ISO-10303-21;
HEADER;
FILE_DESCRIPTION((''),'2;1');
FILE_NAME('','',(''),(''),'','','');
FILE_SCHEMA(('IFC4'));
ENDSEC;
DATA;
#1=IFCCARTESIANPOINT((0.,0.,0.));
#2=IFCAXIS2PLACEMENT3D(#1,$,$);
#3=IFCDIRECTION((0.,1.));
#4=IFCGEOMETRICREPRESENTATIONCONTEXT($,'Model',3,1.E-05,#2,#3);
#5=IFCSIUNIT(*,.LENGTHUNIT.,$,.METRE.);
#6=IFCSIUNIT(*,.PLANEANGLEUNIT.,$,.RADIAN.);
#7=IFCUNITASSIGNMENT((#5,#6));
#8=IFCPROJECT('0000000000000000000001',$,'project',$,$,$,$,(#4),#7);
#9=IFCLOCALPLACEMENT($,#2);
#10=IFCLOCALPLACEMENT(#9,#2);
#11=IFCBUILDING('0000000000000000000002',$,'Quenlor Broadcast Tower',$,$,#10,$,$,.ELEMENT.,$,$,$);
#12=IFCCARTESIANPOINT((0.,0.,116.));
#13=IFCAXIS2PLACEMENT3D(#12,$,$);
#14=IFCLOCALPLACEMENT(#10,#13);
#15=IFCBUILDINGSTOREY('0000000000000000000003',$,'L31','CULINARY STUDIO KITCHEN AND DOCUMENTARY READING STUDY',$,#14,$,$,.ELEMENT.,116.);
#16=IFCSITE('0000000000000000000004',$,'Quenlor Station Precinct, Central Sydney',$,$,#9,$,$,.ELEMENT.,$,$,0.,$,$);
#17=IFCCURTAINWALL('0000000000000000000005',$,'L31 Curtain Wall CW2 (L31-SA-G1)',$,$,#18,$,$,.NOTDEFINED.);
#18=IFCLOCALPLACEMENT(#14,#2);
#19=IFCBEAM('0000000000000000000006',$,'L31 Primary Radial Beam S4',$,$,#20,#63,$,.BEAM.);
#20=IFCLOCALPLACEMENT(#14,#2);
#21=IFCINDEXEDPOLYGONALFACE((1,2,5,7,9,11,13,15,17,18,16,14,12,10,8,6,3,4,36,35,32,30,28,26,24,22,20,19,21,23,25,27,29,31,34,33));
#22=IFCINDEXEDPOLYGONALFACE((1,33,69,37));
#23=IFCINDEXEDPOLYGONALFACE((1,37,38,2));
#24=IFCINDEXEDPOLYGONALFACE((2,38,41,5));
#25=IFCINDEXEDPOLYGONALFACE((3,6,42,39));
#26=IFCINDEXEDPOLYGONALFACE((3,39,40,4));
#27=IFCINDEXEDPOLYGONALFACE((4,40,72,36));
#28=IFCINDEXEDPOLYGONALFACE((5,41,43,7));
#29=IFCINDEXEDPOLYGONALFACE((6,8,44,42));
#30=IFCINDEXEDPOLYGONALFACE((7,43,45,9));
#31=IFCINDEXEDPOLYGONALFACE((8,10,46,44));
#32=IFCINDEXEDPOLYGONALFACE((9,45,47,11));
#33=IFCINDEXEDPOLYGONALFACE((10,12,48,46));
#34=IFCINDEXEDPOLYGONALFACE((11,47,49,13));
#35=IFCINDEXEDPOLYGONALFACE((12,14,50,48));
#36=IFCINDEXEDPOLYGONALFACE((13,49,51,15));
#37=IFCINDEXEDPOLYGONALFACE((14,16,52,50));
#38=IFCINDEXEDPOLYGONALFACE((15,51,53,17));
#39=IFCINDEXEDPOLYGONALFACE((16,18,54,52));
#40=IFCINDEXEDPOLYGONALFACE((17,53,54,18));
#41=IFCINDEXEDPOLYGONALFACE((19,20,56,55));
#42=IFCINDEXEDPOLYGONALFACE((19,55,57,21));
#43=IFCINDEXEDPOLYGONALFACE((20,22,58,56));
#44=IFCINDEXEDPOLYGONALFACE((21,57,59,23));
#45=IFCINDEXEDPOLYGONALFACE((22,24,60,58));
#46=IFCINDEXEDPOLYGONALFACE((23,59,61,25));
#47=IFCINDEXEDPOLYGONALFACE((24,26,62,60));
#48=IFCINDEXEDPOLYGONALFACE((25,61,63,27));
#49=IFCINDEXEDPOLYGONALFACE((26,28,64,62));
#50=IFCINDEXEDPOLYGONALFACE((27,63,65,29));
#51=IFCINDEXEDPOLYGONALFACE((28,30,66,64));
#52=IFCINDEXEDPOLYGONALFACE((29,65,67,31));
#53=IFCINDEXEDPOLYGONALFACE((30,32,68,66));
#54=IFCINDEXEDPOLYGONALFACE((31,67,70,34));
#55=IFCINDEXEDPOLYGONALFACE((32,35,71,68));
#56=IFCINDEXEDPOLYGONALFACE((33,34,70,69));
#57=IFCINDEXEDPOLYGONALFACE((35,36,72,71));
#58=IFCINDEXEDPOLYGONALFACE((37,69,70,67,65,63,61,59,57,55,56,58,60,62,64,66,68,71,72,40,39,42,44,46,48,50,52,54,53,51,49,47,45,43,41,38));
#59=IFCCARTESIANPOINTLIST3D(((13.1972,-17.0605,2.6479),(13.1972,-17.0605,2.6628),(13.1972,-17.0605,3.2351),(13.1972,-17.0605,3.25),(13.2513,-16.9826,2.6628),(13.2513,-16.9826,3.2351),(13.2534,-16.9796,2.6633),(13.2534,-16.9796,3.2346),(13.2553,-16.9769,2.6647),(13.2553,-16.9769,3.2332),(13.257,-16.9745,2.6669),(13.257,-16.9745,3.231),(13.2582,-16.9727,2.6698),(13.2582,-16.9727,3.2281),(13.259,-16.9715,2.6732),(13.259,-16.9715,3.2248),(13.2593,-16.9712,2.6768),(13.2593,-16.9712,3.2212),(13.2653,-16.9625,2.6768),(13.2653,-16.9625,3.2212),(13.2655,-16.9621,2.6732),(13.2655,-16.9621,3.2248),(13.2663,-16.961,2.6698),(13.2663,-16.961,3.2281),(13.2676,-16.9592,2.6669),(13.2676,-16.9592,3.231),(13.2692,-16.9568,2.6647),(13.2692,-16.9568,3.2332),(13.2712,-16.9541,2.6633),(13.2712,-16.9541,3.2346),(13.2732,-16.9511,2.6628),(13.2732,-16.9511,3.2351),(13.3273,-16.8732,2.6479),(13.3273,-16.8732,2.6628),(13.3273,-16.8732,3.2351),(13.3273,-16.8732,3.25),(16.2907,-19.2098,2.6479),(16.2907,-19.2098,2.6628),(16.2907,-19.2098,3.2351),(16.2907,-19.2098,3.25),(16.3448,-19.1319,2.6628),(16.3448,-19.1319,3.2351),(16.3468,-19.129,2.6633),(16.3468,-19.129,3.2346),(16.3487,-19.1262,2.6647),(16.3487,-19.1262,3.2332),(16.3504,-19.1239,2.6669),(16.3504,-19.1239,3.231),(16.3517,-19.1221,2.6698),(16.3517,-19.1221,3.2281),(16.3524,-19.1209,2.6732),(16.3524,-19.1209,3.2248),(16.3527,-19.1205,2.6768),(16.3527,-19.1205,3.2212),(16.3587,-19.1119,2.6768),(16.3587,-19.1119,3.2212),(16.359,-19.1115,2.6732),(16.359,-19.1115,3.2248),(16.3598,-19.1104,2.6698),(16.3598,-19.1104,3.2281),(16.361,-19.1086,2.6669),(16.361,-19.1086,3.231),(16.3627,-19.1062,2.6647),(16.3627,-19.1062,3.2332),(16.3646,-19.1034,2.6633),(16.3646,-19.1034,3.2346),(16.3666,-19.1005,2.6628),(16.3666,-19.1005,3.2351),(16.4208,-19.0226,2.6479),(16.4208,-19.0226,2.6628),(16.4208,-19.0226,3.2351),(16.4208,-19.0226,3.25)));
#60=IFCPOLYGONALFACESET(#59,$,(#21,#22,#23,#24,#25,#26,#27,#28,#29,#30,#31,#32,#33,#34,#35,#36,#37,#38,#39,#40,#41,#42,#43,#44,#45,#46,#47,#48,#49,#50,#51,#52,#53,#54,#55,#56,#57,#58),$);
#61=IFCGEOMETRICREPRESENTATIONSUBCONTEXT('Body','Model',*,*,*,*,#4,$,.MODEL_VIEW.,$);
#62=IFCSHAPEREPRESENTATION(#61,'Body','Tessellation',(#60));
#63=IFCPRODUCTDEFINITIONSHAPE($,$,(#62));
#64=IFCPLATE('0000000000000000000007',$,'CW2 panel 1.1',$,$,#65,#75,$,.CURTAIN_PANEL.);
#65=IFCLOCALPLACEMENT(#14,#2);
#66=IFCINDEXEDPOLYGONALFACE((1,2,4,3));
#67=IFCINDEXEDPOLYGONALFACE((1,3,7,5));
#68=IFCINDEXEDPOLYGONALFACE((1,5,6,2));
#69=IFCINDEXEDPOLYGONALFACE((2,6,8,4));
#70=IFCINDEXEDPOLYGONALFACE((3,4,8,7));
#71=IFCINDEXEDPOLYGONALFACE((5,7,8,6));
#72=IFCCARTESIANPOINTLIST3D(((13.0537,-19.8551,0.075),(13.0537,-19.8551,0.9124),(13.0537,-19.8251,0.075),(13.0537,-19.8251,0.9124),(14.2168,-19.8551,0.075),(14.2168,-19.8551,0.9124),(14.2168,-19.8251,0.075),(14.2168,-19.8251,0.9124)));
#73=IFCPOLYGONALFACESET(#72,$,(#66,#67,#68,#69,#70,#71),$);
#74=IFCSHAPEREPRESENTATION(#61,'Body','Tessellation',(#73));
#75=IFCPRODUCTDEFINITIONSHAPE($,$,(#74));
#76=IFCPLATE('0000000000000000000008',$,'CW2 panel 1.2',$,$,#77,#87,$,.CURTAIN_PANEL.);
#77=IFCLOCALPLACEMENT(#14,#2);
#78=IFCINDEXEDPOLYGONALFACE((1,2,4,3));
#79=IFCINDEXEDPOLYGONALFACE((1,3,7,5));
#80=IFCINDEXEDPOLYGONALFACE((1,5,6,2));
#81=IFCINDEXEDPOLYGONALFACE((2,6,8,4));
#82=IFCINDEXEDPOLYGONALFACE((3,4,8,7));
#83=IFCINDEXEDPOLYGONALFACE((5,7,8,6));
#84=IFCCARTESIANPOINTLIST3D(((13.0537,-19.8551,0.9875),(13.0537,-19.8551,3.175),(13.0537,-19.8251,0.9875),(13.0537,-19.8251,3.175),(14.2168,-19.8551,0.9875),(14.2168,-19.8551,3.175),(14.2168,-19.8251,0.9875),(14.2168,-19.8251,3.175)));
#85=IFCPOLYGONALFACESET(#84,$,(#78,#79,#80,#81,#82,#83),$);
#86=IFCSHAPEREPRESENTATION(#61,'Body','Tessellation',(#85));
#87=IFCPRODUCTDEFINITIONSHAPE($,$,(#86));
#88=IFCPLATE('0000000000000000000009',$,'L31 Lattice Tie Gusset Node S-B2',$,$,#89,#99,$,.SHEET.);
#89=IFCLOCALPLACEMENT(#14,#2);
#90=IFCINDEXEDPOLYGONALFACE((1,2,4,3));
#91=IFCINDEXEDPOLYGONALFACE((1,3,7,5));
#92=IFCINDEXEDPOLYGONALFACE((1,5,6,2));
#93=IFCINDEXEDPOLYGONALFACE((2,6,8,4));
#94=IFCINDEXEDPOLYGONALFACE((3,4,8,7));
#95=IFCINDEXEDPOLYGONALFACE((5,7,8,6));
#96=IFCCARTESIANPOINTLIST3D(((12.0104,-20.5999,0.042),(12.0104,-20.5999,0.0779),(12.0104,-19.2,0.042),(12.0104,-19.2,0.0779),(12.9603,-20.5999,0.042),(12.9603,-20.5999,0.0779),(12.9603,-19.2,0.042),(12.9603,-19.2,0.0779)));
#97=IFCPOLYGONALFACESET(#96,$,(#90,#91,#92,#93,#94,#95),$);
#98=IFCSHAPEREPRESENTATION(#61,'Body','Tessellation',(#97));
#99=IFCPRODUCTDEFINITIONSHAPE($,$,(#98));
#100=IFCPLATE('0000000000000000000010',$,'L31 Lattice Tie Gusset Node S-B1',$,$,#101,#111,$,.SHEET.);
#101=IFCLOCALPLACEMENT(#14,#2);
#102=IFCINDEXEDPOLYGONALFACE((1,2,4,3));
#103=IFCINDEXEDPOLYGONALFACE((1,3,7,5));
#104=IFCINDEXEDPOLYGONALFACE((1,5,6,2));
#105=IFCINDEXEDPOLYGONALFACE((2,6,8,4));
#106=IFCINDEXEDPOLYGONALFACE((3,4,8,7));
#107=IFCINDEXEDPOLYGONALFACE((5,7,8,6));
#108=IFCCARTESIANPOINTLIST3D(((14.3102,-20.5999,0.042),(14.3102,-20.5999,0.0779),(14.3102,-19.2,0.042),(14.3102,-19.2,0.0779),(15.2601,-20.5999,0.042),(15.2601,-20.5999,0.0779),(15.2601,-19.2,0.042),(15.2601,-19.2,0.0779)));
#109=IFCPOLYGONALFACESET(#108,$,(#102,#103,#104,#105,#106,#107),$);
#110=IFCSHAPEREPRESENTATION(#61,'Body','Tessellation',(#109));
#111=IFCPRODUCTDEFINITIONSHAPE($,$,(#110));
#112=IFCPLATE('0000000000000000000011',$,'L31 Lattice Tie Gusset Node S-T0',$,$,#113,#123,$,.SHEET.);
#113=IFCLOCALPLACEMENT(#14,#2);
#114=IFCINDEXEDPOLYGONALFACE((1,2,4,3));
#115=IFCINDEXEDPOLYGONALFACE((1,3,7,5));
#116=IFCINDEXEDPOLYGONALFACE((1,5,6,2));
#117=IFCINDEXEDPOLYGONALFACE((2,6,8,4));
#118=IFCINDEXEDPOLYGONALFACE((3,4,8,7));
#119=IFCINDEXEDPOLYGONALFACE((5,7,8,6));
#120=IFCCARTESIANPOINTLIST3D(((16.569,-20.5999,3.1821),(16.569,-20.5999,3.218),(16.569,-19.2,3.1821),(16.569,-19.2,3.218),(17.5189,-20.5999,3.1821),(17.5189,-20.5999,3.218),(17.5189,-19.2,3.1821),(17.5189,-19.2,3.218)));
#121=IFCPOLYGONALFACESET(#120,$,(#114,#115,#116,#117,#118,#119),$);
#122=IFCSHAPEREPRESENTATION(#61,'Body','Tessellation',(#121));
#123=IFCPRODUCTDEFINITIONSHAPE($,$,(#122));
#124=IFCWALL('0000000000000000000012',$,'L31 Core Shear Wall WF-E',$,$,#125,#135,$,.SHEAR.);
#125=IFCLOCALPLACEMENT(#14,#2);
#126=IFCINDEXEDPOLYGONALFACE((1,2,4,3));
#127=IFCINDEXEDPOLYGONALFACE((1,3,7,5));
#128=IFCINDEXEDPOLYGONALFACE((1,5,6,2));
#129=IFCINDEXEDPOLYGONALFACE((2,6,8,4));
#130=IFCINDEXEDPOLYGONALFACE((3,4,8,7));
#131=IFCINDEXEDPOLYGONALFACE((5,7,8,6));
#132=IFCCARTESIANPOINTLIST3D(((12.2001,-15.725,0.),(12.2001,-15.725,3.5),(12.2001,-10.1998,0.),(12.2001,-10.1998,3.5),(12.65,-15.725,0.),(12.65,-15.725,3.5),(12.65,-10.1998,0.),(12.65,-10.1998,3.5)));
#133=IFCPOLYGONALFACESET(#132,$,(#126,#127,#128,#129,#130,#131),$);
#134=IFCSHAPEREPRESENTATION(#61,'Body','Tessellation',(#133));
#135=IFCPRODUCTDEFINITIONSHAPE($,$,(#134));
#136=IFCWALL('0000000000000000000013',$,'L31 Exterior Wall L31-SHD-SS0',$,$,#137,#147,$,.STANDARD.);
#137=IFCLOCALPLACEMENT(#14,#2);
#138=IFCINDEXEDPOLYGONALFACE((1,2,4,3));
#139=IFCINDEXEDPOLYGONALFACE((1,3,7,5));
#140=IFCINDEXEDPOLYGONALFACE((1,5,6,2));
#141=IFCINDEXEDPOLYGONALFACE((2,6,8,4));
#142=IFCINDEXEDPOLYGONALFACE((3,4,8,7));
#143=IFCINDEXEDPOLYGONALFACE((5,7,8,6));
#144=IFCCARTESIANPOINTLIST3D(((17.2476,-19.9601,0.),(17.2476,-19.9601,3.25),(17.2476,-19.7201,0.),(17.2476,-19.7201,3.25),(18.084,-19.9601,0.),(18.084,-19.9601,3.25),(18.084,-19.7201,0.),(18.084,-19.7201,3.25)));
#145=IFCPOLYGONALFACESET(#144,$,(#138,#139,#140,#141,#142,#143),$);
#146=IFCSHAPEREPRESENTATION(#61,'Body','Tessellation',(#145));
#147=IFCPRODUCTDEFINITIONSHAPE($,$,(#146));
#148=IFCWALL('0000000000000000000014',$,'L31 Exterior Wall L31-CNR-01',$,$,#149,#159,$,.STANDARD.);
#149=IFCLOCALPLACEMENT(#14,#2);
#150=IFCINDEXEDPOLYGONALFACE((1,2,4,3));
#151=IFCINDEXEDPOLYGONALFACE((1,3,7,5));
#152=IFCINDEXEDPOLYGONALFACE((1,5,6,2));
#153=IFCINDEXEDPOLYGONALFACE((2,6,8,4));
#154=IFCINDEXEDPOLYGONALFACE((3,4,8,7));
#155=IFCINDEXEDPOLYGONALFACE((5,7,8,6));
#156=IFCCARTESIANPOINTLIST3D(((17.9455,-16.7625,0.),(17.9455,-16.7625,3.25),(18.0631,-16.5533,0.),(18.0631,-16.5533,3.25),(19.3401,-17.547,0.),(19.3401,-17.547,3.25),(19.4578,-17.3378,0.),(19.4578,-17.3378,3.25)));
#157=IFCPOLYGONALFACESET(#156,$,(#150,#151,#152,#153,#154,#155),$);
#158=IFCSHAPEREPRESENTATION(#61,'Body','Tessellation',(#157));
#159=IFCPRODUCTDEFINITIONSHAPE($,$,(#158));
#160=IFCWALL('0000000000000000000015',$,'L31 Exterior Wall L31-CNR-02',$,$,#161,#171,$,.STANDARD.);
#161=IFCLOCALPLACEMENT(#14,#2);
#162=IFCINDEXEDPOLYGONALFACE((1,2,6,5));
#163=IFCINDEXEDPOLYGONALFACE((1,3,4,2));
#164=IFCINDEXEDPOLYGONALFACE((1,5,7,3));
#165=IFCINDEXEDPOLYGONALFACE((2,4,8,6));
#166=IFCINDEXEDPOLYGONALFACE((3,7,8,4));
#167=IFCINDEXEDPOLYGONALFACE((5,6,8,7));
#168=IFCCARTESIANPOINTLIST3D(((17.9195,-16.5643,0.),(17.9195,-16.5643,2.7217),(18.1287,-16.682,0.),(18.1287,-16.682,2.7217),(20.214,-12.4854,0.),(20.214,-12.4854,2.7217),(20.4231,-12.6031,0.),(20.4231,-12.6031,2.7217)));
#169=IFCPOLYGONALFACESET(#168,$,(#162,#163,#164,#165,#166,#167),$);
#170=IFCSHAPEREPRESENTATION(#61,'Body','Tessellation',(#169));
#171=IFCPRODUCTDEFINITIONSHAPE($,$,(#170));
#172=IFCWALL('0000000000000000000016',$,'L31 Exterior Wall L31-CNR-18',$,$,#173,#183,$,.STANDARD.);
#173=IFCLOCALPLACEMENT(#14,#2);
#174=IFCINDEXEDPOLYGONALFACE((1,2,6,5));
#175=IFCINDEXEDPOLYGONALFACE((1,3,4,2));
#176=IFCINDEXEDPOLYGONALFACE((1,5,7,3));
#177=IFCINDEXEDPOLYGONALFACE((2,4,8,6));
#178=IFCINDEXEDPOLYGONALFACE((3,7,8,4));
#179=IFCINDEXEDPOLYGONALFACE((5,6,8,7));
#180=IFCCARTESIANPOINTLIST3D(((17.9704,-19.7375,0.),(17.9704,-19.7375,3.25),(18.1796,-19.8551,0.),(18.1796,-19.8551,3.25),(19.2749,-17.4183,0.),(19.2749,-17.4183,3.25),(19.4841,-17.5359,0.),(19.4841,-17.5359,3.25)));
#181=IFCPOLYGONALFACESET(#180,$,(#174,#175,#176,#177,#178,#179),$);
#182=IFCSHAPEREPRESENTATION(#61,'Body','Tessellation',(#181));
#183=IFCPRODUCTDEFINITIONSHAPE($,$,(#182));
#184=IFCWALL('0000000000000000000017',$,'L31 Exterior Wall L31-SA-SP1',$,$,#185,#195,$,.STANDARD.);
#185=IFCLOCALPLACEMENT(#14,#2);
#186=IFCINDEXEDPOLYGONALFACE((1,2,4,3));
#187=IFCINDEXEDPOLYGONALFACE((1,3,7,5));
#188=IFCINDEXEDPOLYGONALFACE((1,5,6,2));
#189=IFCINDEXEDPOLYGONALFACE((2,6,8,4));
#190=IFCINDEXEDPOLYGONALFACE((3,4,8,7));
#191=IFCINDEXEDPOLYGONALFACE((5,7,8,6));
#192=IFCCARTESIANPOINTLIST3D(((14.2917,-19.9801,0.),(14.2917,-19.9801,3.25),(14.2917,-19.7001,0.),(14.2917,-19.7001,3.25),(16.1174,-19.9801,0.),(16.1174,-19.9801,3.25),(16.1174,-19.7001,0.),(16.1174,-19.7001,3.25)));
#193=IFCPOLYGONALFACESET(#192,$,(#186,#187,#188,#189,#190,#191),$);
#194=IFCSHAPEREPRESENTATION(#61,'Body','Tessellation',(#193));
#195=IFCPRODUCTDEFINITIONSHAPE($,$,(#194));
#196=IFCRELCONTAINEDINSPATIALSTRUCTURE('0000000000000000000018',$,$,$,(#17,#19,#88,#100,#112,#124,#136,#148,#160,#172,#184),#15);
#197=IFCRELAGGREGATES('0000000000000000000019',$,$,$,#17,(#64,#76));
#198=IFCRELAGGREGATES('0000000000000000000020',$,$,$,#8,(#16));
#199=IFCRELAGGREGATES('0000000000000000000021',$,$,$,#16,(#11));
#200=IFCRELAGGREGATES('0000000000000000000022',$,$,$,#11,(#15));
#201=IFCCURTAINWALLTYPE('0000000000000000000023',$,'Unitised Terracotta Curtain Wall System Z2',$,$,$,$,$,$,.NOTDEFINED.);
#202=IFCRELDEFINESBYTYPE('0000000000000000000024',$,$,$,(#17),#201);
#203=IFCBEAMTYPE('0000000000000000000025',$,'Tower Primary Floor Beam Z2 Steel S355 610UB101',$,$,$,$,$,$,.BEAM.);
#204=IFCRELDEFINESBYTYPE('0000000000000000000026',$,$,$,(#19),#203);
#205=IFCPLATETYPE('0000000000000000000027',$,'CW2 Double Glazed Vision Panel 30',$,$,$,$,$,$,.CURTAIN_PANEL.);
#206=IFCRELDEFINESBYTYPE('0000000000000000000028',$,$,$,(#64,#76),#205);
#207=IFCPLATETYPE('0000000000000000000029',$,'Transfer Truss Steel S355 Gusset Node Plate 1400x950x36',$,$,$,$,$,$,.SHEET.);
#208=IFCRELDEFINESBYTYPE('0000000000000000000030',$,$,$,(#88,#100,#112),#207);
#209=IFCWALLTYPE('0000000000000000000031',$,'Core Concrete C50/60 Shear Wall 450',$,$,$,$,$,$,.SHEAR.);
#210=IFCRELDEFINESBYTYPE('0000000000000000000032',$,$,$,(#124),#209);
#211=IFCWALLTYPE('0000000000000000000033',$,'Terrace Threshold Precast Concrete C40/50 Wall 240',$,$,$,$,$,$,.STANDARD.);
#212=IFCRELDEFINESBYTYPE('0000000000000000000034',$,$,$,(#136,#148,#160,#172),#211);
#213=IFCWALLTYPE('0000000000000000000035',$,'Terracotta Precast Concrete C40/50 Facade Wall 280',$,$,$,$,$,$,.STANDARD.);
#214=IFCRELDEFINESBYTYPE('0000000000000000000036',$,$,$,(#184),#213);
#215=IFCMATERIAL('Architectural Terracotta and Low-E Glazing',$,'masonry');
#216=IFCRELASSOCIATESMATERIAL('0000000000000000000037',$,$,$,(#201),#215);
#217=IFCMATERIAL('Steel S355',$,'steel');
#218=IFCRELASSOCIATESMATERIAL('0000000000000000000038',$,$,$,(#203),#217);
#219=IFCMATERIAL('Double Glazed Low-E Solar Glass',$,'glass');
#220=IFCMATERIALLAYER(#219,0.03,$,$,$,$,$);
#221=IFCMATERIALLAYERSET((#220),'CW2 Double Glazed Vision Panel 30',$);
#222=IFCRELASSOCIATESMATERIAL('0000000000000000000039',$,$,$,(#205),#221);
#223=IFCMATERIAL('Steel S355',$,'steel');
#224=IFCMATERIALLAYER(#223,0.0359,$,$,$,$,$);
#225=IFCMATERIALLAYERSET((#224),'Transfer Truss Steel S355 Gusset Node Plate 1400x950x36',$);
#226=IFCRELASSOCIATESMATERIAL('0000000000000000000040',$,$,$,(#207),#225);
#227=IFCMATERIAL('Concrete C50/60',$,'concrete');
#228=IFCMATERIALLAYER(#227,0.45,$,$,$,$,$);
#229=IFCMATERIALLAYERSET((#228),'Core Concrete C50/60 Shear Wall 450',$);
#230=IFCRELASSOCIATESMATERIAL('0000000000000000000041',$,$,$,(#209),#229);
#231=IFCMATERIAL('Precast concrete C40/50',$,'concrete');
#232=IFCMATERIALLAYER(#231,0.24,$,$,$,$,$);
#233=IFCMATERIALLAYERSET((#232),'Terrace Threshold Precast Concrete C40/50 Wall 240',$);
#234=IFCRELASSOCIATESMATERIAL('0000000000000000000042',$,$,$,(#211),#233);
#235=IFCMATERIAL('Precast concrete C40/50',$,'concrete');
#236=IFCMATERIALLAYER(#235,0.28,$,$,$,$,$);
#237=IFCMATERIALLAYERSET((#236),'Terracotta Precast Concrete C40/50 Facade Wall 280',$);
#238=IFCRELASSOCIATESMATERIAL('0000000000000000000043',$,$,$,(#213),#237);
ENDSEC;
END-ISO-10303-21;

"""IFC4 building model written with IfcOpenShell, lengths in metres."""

from ifc_helpers import new_model, si_unit, direction, frame, frame_2d, origin, origin_2d, place, context, subcontext, project, spatial, rectangle, i_section, extrude, material, layer, layer_set, material_profile, profile_set, type_object, element, aggregate, save


model = new_model("IFC4")

# Units and contexts
model_context = context("Model", 3, precision=1e-05, world=origin(), true_north=direction((0.0, 1.0)))
body_context = subcontext(model_context, "Body", "Model", "MODEL_VIEW")
ifc_project = project(units=[si_unit("LENGTHUNIT", "METRE"), si_unit("PLANEANGLEUNIT", "RADIAN")], contexts=[model_context])

# Site, building, storey
site_placement = place(None, origin())
site = spatial("IfcSite", under=ifc_project, at=site_placement, Name="Quenlor Station Precinct, Central Sydney", CompositionType="ELEMENT", RefElevation=0.0)
building_placement = place(site_placement, origin())
building = spatial("IfcBuilding", under=site, at=building_placement, Name="Quenlor Broadcast Tower", CompositionType="ELEMENT")
storey_placement = place(building_placement, frame((0.0, 0.0, 116.0)))
storey = spatial("IfcBuildingStorey", under=building, at=storey_placement, Name="L31", Description="CULINARY STUDIO KITCHEN AND DOCUMENTARY READING STUDY", CompositionType="ELEMENT", Elevation=116.0)

# Curtain wall
ifc_material_1 = material(Name="Architectural Terracotta and Low-E Glazing", Category="masonry")
curtain_wall_type = type_object("IfcCurtainWallType", Name="Unitised Terracotta Curtain Wall System Z2", PredefinedType="NOTDEFINED", material=ifc_material_1)
curtain_wall_placement = place(storey_placement, origin())
curtain_wall = element("IfcCurtainWall", 1, at=curtain_wall_placement, inside=storey, type_object=curtain_wall_type, Name="L31 Curtain Wall CW2 (L31-SA-G1)", PredefinedType="NOTDEFINED")

# Beam
ifc_material_2 = material(Name="Steel S355", Category="steel")
ifc_material_profile_1 = material_profile(ifc_material_2, i_section(OverallWidth=0.228, OverallDepth=0.6021, WebThickness=0.0105, FlangeThickness=0.0149, FilletRadius=0.0139, at=origin_2d()))
ifc_profile_set_1 = profile_set([ifc_material_profile_1], Name="Steel S355 610UB101")
beam_type_1 = type_object("IfcBeamType", Name="Tower Primary Floor Beam Z2 Steel S355 610UB101", PredefinedType="BEAM", material=ifc_profile_set_1)
beam_1_placement = place(storey_placement, frame((16.3557, -19.1162, 2.949), z_axis=(-0.821227, 0.570601, 0.0), x_axis=(-0.570601, -0.821227, 0.0)))
element("IfcBeam", 2, at=beam_1_placement, inside=storey, type_object=beam_type_1, Name="L31 Primary Radial Beam S4", PredefinedType="BEAM", context=body_context, shape_type="SweptSolid", body=[
    extrude(i_section(OverallWidth=0.228, OverallDepth=0.6021, WebThickness=0.0105, FlangeThickness=0.0149, FilletRadius=0.0139, at=origin_2d()), origin(), (0.0, 0.0, 1.0), 3.7668),
])

# Plates
ifc_material_3 = material(Name="Double Glazed Low-E Solar Glass", Category="glass")
ifc_layer_1 = layer(ifc_material_3, 0.03)
ifc_layer_set_1 = layer_set([ifc_layer_1], Name="CW2 Double Glazed Vision Panel 30")
plate_type_1 = type_object("IfcPlateType", Name="CW2 Double Glazed Vision Panel 30", PredefinedType="CURTAIN_PANEL", material=ifc_layer_set_1)
plate_1_placement = place(storey_placement, frame((13.6353, -19.8401, 0.075), z_axis=(0.0, 0.0, 1.0), x_axis=(-1.0, 0.0, 0.0)))
plate_1 = element("IfcPlate", 3, at=plate_1_placement, type_object=plate_type_1, Name="CW2 panel 1.1", PredefinedType="CURTAIN_PANEL", context=body_context, shape_type="SweptSolid", body=[
    extrude(rectangle(XDim=1.1631, YDim=0.03, at=origin_2d()), origin(), (0.0, 0.0, 1.0), 0.8374),
])
plate_2_placement = place(storey_placement, frame((13.6353, -19.8401, 0.9875), z_axis=(0.0, 0.0, 1.0), x_axis=(-1.0, 0.0, 0.0)))
plate_2 = element("IfcPlate", 4, at=plate_2_placement, type_object=plate_type_1, Name="CW2 panel 1.2", PredefinedType="CURTAIN_PANEL", context=body_context, shape_type="SweptSolid", body=[
    extrude(rectangle(XDim=1.1631, YDim=0.03, at=origin_2d()), origin(), (0.0, 0.0, 1.0), 2.1875),
])
aggregate(curtain_wall, [plate_1, plate_2])

# Plates
ifc_material_4 = material(Name="Steel S355", Category="steel")
ifc_layer_2 = layer(ifc_material_4, 0.0359)
ifc_layer_set_2 = layer_set([ifc_layer_2], Name="Transfer Truss Steel S355 Gusset Node Plate 1400x950x36")
plate_type_2 = type_object("IfcPlateType", Name="Transfer Truss Steel S355 Gusset Node Plate 1400x950x36", PredefinedType="SHEET", material=ifc_layer_set_2)
for number, where, z_axis, x_axis, name in (
    (5, (12.4854, -19.8999, 0.042), (0.0, 0.0, 1.0), (0.0, -1.0, 0.0), "L31 Lattice Tie Gusset Node S-B2"),
    (6, (14.7852, -19.8999, 0.042), (0.0, 0.0, 1.0), (0.0, -1.0, 0.0), "L31 Lattice Tie Gusset Node S-B1"),
    (7, (17.0439, -19.8999, 3.1821), (0.0, 0.0, 1.0), (0.0, -1.0, 0.0), "L31 Lattice Tie Gusset Node S-T0"),
):
    element("IfcPlate", number, at=place(storey_placement, frame(where, z_axis=z_axis, x_axis=x_axis)), inside=storey, type_object=plate_type_2, Name=name, PredefinedType="SHEET", context=body_context, shape_type="SweptSolid", body=[
        extrude(rectangle(XDim=1.3999, YDim=0.95, at=origin_2d()), origin(), (0.0, 0.0, 1.0), 0.0359),
    ])

# Walls
ifc_material_5 = material(Name="Concrete C50/60", Category="concrete")
ifc_layer_3 = layer(ifc_material_5, 0.45)
ifc_layer_set_3 = layer_set([ifc_layer_3], Name="Core Concrete C50/60 Shear Wall 450")
wall_type_1 = type_object("IfcWallType", Name="Core Concrete C50/60 Shear Wall 450", PredefinedType="SHEAR", material=ifc_layer_set_3)
wall_1_placement = place(storey_placement, frame((12.425, -15.7251, 0.0), z_axis=(0.0, 0.0, 1.0), x_axis=(0.0, 1.0, 0.0)))
element("IfcWall", 8, at=wall_1_placement, inside=storey, type_object=wall_type_1, Name="L31 Core Shear Wall WF-E", PredefinedType="SHEAR", context=body_context, shape_type="SweptSolid", body=[
    extrude(rectangle(XDim=5.5251, YDim=0.45, at=frame_2d((2.7627, 0.0))), origin(), (0.0, 0.0, 1.0), 3.5),
])
ifc_material_6 = material(Name="Precast concrete C40/50", Category="concrete")
ifc_layer_4 = layer(ifc_material_6, 0.24)
ifc_layer_set_4 = layer_set([ifc_layer_4], Name="Terrace Threshold Precast Concrete C40/50 Wall 240")
wall_type_2 = type_object("IfcWallType", Name="Terrace Threshold Precast Concrete C40/50 Wall 240", PredefinedType="STANDARD", material=ifc_layer_set_4)
wall_2_placement = place(storey_placement, frame((18.084, -19.8401, 0.0), z_axis=(0.0, 0.0, 1.0), x_axis=(-1.0, 0.0, 0.0)))
element("IfcWall", 9, at=wall_2_placement, inside=storey, type_object=wall_type_2, Name="L31 Exterior Wall L31-SHD-SS0", PredefinedType="STANDARD", context=body_context, shape_type="SweptSolid", body=[
    extrude(rectangle(XDim=0.8364, YDim=0.24, at=frame_2d((0.4182, 0.0))), origin(), (0.0, 0.0, 1.0), 3.25),
])
wall_3_placement = place(storey_placement, frame((19.3989, -17.4424, 0.0), z_axis=(0.0, 0.0, 1.0), x_axis=(-0.871576, 0.490261, 0.0)))
element("IfcWall", 10, at=wall_3_placement, inside=storey, type_object=wall_type_2, Name="L31 Exterior Wall L31-CNR-01", PredefinedType="STANDARD", context=body_context, shape_type="SweptSolid", body=[
    extrude(rectangle(XDim=1.6001, YDim=0.24, at=frame_2d((0.8, 0.0))), origin(), (0.0, 0.0, 1.0), 3.25),
])
wall_4_placement = place(storey_placement, frame((18.0242, -16.623, 0.0), z_axis=(0.0, 0.0, 1.0), x_axis=(0.490274, 0.871569, 0.0)))
element("IfcWall", 11, at=wall_4_placement, inside=storey, type_object=wall_type_2, Name="L31 Exterior Wall L31-CNR-02", PredefinedType="STANDARD", context=body_context, shape_type="SweptSolid", body=[
    extrude(rectangle(XDim=4.6799, YDim=0.24, at=frame_2d((2.3398, 0.0))), origin(), (0.0, 0.0, 1.0), 2.7217),
])
wall_5_placement = place(storey_placement, frame((18.075, -19.7964, 0.0), z_axis=(0.0, 0.0, 1.0), x_axis=(0.490248, 0.871583, 0.0)))
element("IfcWall", 12, at=wall_5_placement, inside=storey, type_object=wall_type_2, Name="L31 Exterior Wall L31-CNR-18", PredefinedType="STANDARD", context=body_context, shape_type="SweptSolid", body=[
    extrude(rectangle(XDim=2.6609, YDim=0.24, at=frame_2d((1.3306, 0.0))), origin(), (0.0, 0.0, 1.0), 3.25),
])
ifc_material_7 = material(Name="Precast concrete C40/50", Category="concrete")
ifc_layer_5 = layer(ifc_material_7, 0.28)
ifc_layer_set_5 = layer_set([ifc_layer_5], Name="Terracotta Precast Concrete C40/50 Facade Wall 280")
wall_type_3 = type_object("IfcWallType", Name="Terracotta Precast Concrete C40/50 Facade Wall 280", PredefinedType="STANDARD", material=ifc_layer_set_5)
wall_6_placement = place(storey_placement, frame((16.1174, -19.8401, 0.0), z_axis=(0.0, 0.0, 1.0), x_axis=(-1.0, 0.0, 0.0)))
element("IfcWall", 13, at=wall_6_placement, inside=storey, type_object=wall_type_3, Name="L31 Exterior Wall L31-SA-SP1", PredefinedType="STANDARD", context=body_context, shape_type="SweptSolid", body=[
    extrude(rectangle(XDim=1.8257, YDim=0.28, at=frame_2d((0.9128, 0.0))), origin(), (0.0, 0.0, 1.0), 3.25),
])

save(model, "model.ifc")
